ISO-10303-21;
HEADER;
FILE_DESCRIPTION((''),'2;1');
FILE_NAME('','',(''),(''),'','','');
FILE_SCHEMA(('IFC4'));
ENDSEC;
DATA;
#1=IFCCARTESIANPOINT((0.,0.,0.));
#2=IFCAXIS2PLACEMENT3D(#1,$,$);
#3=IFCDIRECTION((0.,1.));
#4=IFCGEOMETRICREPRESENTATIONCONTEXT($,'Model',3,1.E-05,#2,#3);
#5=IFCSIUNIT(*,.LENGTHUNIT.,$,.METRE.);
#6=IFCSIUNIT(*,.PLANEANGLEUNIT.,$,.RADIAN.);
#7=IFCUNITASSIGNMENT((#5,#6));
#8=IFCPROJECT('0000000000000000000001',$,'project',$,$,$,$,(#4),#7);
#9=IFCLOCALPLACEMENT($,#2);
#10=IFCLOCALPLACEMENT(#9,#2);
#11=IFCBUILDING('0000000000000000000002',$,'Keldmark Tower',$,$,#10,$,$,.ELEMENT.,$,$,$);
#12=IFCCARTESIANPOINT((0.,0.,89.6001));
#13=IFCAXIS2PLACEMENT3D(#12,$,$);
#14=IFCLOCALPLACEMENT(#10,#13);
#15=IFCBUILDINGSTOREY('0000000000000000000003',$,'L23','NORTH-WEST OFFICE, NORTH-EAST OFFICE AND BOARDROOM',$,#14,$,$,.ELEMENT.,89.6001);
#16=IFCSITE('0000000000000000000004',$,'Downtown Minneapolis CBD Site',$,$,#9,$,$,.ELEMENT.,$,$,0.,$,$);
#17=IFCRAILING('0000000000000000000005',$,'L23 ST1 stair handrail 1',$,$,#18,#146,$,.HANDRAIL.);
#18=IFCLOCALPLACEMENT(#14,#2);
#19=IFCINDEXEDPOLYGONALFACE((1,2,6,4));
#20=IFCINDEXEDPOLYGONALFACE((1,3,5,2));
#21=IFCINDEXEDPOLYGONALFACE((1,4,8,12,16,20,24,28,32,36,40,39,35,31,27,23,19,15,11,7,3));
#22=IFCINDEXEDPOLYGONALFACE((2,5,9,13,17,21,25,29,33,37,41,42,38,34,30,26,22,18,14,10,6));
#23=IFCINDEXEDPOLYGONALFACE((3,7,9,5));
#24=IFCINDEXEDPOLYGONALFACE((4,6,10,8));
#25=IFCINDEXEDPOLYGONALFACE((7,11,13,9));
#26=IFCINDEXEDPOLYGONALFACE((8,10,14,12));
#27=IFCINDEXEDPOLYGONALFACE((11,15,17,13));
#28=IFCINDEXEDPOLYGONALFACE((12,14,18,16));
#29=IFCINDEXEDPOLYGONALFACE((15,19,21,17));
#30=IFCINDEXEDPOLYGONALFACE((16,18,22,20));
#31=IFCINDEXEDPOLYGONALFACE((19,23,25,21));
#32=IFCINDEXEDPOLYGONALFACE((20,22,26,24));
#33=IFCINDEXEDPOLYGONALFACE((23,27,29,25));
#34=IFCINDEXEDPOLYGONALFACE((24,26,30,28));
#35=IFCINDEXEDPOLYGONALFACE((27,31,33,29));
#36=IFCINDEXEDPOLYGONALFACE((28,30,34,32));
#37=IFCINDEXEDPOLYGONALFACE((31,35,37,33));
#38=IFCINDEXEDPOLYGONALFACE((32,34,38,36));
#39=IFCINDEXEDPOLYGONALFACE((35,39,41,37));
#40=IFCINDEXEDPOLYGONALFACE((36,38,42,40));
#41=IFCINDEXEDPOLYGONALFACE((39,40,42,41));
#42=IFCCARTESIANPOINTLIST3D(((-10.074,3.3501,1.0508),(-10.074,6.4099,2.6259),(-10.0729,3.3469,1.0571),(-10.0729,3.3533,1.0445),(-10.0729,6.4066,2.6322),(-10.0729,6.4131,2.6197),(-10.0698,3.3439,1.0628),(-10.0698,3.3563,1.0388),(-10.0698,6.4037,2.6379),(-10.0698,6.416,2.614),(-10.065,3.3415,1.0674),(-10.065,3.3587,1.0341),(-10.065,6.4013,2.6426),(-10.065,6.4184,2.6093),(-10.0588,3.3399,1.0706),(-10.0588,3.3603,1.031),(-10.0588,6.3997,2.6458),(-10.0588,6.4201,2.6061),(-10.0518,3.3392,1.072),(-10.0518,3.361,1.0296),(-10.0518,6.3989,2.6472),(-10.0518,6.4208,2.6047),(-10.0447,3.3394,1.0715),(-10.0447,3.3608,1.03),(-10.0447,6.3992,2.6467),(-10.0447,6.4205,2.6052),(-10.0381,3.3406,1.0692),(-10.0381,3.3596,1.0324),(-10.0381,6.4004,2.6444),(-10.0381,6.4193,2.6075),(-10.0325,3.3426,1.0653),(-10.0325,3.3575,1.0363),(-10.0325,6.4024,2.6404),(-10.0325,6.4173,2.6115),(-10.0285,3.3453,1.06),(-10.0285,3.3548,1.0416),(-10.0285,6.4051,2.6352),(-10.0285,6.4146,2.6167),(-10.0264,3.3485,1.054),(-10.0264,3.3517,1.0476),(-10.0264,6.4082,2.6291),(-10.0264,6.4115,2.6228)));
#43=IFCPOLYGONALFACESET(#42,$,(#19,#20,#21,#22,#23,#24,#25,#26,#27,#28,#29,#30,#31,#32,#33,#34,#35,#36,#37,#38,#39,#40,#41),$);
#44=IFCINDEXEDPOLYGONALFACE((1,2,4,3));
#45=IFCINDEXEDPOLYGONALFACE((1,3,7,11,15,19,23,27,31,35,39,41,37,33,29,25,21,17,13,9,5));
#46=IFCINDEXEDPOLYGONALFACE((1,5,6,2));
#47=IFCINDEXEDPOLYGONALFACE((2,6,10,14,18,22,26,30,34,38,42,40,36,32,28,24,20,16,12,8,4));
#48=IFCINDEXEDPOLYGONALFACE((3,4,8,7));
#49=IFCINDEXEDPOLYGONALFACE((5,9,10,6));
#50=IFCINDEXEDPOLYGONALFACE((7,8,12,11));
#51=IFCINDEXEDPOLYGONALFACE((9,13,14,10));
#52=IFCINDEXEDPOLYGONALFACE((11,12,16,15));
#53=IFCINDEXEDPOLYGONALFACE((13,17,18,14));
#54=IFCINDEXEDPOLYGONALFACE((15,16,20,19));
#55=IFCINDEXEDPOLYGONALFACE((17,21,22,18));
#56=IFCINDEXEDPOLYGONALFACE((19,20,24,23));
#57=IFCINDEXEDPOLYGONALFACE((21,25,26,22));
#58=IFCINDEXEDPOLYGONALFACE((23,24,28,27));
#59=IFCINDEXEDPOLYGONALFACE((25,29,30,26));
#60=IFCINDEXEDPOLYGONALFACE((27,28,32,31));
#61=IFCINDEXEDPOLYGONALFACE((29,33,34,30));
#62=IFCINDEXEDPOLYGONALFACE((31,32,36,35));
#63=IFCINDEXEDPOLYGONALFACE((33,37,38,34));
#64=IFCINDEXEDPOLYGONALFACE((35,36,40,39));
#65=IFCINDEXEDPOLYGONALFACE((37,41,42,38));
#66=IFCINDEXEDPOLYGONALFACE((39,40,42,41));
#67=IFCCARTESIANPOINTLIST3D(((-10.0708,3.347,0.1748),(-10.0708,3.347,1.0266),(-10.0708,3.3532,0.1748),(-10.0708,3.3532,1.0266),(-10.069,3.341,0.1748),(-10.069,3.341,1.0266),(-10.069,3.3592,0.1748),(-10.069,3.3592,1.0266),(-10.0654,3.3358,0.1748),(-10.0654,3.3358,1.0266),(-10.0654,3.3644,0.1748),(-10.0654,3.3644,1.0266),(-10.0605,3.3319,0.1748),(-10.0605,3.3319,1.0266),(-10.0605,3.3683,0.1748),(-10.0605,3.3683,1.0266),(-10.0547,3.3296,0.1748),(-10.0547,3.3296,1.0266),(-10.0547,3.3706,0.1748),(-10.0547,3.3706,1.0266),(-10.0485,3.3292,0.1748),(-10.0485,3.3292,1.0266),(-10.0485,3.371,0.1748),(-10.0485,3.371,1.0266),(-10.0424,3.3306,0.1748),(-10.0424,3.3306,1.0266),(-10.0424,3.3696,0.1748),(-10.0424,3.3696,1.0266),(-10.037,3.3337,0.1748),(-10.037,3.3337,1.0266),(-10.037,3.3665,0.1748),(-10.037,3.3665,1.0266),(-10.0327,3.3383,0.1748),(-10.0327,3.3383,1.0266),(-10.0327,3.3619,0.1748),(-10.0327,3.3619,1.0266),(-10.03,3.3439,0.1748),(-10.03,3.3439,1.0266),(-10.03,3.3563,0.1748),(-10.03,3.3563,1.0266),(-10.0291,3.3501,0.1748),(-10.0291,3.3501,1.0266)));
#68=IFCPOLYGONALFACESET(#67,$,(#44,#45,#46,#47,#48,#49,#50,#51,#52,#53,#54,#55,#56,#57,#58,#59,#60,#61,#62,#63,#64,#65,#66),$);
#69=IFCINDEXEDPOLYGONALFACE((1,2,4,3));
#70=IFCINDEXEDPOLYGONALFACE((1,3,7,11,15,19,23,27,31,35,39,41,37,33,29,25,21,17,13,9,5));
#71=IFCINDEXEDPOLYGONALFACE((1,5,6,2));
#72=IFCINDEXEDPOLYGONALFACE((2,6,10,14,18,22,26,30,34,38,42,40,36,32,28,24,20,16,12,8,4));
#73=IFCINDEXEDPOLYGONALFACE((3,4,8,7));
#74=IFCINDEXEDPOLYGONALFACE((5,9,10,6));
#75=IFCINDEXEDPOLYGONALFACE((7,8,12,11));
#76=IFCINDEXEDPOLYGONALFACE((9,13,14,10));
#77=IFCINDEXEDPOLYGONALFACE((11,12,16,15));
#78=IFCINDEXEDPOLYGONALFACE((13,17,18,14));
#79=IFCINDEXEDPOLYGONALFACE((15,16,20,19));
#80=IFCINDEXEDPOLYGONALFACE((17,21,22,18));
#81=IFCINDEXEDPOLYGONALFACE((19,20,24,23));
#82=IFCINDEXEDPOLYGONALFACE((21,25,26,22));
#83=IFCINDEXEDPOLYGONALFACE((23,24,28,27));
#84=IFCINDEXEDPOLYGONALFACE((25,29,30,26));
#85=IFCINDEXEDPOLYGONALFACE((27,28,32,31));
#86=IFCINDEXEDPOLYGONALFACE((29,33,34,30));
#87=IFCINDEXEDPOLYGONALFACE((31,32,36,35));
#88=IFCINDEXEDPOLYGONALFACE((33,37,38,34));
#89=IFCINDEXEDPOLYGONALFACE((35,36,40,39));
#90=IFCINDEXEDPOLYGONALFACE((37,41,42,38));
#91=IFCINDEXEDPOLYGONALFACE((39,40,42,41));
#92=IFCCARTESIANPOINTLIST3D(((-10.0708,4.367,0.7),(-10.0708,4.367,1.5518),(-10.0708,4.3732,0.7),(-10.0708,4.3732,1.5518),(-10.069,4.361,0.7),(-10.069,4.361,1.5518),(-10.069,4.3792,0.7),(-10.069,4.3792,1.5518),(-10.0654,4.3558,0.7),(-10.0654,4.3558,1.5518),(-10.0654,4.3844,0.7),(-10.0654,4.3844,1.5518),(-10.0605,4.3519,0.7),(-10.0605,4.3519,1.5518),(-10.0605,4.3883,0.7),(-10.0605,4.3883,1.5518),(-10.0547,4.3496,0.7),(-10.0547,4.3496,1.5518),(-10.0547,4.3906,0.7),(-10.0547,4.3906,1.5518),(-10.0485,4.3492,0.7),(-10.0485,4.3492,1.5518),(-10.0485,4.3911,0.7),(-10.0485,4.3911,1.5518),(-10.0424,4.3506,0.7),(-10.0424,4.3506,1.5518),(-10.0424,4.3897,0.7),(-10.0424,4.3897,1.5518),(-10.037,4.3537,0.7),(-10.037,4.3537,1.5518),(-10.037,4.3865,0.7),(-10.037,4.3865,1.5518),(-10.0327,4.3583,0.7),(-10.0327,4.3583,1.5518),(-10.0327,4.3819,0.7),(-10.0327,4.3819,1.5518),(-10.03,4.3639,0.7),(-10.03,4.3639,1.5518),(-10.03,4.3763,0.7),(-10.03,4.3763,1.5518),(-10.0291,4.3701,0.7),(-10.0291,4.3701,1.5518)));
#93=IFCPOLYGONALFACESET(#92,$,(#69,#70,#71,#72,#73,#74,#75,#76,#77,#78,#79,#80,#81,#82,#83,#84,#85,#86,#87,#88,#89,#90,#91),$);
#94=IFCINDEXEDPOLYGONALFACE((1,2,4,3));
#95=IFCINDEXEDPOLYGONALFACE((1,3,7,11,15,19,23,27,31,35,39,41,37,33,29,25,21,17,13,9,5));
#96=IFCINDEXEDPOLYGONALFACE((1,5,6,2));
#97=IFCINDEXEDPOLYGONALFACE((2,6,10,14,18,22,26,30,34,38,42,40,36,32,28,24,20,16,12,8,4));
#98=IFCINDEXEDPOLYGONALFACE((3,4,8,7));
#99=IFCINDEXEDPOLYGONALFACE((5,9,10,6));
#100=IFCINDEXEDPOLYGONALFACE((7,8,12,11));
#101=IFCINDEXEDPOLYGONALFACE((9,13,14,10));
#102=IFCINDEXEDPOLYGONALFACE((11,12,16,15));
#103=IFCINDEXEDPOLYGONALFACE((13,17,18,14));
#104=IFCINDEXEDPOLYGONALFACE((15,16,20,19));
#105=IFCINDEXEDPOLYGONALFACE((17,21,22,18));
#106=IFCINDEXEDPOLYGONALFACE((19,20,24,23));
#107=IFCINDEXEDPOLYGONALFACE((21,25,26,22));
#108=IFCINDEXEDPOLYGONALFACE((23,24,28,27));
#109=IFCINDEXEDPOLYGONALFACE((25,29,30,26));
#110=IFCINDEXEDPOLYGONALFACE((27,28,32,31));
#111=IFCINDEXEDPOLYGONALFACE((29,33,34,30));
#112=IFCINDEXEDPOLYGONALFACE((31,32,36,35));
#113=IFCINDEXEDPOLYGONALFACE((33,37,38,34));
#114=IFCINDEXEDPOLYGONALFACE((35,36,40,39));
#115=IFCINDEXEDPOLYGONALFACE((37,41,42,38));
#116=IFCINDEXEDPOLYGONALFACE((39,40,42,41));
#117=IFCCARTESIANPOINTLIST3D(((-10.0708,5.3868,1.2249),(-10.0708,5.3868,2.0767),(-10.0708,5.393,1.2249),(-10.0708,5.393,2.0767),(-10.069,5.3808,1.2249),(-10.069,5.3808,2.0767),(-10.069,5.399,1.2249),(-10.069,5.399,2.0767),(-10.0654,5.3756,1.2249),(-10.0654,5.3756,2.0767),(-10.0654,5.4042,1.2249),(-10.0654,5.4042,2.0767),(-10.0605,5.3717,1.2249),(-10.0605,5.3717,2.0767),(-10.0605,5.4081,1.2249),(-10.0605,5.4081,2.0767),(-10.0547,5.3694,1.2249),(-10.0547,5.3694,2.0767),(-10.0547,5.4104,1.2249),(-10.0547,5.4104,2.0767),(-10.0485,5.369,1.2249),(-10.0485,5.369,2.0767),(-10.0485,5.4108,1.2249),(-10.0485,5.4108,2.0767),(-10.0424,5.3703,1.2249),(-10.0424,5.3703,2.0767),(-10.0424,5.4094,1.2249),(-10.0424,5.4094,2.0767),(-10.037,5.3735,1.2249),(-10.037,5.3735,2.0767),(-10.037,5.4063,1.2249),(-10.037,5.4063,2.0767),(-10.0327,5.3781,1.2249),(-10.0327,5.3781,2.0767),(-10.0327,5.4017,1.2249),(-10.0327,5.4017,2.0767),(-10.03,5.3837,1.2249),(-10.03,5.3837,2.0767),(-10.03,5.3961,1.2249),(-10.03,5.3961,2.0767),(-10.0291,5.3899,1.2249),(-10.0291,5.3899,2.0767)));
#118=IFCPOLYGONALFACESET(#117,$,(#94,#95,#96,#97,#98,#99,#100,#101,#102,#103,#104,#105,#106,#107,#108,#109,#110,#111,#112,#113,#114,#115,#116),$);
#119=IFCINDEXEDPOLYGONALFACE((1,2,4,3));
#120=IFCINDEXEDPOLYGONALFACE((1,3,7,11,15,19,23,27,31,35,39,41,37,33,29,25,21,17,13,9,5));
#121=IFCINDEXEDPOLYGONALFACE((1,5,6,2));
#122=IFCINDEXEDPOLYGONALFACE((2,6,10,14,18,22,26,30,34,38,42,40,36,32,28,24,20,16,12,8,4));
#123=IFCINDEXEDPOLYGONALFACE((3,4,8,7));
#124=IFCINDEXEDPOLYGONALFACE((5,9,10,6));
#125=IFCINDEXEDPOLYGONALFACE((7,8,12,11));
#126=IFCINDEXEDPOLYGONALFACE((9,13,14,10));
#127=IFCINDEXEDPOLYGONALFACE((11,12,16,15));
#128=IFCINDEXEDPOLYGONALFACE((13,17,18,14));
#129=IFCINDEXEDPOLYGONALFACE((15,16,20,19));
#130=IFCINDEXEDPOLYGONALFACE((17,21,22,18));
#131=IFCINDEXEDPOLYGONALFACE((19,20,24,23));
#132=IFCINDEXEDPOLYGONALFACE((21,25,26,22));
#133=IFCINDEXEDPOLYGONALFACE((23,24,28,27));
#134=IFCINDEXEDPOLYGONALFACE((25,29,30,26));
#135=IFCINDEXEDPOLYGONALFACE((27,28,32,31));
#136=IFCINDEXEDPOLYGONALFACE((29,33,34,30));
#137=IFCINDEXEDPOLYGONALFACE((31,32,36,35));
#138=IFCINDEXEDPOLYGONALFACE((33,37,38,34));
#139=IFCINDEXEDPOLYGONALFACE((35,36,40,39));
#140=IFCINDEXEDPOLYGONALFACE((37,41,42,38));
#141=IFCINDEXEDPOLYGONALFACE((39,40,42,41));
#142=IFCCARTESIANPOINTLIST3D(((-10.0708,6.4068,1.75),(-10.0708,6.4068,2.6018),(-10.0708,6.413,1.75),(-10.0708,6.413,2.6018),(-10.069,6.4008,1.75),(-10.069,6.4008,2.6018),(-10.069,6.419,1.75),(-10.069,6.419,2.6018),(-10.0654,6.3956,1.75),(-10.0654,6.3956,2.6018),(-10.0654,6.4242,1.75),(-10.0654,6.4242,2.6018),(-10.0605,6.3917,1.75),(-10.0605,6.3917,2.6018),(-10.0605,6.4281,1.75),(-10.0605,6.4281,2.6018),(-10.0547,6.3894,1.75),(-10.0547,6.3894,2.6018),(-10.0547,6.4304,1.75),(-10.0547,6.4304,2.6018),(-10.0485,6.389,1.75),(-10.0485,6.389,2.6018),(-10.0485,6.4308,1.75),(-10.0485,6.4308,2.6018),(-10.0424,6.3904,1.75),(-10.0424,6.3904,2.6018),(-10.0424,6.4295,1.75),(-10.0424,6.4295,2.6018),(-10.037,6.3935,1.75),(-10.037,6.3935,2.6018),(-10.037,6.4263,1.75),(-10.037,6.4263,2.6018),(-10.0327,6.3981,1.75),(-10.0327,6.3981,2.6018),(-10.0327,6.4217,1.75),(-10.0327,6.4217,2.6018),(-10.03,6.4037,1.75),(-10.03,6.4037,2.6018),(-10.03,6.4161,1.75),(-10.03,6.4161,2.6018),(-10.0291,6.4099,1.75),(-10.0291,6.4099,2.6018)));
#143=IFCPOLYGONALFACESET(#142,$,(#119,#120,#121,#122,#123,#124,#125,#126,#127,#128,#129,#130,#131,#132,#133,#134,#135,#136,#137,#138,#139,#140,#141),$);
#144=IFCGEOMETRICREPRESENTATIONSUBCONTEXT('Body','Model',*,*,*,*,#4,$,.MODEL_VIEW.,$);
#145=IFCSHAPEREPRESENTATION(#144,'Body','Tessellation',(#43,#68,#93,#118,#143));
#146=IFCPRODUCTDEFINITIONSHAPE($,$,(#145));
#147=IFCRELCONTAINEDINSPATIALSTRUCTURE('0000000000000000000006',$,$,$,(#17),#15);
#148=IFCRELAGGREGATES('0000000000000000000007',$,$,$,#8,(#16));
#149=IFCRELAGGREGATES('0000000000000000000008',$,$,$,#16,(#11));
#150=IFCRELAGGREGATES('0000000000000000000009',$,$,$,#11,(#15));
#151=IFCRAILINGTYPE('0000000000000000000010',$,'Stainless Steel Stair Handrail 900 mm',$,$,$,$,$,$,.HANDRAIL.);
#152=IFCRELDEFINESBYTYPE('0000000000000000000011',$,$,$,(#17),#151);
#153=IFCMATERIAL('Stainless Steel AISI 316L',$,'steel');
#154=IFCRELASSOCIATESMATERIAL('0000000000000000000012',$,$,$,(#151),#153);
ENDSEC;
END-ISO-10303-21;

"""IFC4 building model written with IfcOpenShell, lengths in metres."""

from ifc_helpers import new_model, si_unit, direction, frame, origin, origin_2d, place, context, subcontext, project, spatial, circle, extrude, material, type_object, element, save


model = new_model("IFC4")

# Units and contexts
model_context = context("Model", 3, precision=1e-05, world=origin(), true_north=direction((0.0, 1.0)))
body_context = subcontext(model_context, "Body", "Model", "MODEL_VIEW")
ifc_project = project(units=[si_unit("LENGTHUNIT", "METRE"), si_unit("PLANEANGLEUNIT", "RADIAN")], contexts=[model_context])

# Site, building, storey
site_placement = place(None, origin())
site = spatial("IfcSite", under=ifc_project, at=site_placement, Name="Downtown Minneapolis CBD Site", CompositionType="ELEMENT", RefElevation=0.0)
building_placement = place(site_placement, origin())
building = spatial("IfcBuilding", under=site, at=building_placement, Name="Keldmark Tower", CompositionType="ELEMENT")
storey_placement = place(building_placement, frame((0.0, 0.0, 89.6001)))
storey = spatial("IfcBuildingStorey", under=building, at=storey_placement, Name="L23", Description="NORTH-WEST OFFICE, NORTH-EAST OFFICE AND BOARDROOM", CompositionType="ELEMENT", Elevation=89.6001)

# Railing
ifc_material_1 = material(Name="Stainless Steel AISI 316L", Category="steel")
railing_type_1 = type_object("IfcRailingType", Name="Stainless Steel Stair Handrail 900 mm", PredefinedType="HANDRAIL", material=ifc_material_1)
railing_1_placement = place(storey_placement, frame((-10.05, 3.3501, 0.1748)))
element("IfcRailing", 1, at=railing_1_placement, inside=storey, type_object=railing_type_1, Name="L23 ST1 stair handrail 1", PredefinedType="HANDRAIL", context=body_context, shape_type="SweptSolid", body=[
    extrude(circle(Radius=0.0239, at=origin_2d()), frame((0.0, 0.0, 0.876), z_axis=(0.0, 0.889101, 0.45771), x_axis=(-1.0, 0.0, 0.0)), (0.0, 0.0, 1.0), 3.4414),
    extrude(circle(Radius=0.021, at=origin_2d()), origin(), (0.0, 0.0, 1.0), 0.8518),
    extrude(circle(Radius=0.021, at=origin_2d()), frame((0.0, 1.02, 0.5251)), (0.0, 0.0, 1.0), 0.8518),
    extrude(circle(Radius=0.021, at=origin_2d()), frame((0.0, 2.0398, 1.05)), (0.0, 0.0, 1.0), 0.8518),
    extrude(circle(Radius=0.021, at=origin_2d()), frame((0.0, 3.0598, 1.5752)), (0.0, 0.0, 1.0), 0.8518),
])

save(model, "model.ifc")
